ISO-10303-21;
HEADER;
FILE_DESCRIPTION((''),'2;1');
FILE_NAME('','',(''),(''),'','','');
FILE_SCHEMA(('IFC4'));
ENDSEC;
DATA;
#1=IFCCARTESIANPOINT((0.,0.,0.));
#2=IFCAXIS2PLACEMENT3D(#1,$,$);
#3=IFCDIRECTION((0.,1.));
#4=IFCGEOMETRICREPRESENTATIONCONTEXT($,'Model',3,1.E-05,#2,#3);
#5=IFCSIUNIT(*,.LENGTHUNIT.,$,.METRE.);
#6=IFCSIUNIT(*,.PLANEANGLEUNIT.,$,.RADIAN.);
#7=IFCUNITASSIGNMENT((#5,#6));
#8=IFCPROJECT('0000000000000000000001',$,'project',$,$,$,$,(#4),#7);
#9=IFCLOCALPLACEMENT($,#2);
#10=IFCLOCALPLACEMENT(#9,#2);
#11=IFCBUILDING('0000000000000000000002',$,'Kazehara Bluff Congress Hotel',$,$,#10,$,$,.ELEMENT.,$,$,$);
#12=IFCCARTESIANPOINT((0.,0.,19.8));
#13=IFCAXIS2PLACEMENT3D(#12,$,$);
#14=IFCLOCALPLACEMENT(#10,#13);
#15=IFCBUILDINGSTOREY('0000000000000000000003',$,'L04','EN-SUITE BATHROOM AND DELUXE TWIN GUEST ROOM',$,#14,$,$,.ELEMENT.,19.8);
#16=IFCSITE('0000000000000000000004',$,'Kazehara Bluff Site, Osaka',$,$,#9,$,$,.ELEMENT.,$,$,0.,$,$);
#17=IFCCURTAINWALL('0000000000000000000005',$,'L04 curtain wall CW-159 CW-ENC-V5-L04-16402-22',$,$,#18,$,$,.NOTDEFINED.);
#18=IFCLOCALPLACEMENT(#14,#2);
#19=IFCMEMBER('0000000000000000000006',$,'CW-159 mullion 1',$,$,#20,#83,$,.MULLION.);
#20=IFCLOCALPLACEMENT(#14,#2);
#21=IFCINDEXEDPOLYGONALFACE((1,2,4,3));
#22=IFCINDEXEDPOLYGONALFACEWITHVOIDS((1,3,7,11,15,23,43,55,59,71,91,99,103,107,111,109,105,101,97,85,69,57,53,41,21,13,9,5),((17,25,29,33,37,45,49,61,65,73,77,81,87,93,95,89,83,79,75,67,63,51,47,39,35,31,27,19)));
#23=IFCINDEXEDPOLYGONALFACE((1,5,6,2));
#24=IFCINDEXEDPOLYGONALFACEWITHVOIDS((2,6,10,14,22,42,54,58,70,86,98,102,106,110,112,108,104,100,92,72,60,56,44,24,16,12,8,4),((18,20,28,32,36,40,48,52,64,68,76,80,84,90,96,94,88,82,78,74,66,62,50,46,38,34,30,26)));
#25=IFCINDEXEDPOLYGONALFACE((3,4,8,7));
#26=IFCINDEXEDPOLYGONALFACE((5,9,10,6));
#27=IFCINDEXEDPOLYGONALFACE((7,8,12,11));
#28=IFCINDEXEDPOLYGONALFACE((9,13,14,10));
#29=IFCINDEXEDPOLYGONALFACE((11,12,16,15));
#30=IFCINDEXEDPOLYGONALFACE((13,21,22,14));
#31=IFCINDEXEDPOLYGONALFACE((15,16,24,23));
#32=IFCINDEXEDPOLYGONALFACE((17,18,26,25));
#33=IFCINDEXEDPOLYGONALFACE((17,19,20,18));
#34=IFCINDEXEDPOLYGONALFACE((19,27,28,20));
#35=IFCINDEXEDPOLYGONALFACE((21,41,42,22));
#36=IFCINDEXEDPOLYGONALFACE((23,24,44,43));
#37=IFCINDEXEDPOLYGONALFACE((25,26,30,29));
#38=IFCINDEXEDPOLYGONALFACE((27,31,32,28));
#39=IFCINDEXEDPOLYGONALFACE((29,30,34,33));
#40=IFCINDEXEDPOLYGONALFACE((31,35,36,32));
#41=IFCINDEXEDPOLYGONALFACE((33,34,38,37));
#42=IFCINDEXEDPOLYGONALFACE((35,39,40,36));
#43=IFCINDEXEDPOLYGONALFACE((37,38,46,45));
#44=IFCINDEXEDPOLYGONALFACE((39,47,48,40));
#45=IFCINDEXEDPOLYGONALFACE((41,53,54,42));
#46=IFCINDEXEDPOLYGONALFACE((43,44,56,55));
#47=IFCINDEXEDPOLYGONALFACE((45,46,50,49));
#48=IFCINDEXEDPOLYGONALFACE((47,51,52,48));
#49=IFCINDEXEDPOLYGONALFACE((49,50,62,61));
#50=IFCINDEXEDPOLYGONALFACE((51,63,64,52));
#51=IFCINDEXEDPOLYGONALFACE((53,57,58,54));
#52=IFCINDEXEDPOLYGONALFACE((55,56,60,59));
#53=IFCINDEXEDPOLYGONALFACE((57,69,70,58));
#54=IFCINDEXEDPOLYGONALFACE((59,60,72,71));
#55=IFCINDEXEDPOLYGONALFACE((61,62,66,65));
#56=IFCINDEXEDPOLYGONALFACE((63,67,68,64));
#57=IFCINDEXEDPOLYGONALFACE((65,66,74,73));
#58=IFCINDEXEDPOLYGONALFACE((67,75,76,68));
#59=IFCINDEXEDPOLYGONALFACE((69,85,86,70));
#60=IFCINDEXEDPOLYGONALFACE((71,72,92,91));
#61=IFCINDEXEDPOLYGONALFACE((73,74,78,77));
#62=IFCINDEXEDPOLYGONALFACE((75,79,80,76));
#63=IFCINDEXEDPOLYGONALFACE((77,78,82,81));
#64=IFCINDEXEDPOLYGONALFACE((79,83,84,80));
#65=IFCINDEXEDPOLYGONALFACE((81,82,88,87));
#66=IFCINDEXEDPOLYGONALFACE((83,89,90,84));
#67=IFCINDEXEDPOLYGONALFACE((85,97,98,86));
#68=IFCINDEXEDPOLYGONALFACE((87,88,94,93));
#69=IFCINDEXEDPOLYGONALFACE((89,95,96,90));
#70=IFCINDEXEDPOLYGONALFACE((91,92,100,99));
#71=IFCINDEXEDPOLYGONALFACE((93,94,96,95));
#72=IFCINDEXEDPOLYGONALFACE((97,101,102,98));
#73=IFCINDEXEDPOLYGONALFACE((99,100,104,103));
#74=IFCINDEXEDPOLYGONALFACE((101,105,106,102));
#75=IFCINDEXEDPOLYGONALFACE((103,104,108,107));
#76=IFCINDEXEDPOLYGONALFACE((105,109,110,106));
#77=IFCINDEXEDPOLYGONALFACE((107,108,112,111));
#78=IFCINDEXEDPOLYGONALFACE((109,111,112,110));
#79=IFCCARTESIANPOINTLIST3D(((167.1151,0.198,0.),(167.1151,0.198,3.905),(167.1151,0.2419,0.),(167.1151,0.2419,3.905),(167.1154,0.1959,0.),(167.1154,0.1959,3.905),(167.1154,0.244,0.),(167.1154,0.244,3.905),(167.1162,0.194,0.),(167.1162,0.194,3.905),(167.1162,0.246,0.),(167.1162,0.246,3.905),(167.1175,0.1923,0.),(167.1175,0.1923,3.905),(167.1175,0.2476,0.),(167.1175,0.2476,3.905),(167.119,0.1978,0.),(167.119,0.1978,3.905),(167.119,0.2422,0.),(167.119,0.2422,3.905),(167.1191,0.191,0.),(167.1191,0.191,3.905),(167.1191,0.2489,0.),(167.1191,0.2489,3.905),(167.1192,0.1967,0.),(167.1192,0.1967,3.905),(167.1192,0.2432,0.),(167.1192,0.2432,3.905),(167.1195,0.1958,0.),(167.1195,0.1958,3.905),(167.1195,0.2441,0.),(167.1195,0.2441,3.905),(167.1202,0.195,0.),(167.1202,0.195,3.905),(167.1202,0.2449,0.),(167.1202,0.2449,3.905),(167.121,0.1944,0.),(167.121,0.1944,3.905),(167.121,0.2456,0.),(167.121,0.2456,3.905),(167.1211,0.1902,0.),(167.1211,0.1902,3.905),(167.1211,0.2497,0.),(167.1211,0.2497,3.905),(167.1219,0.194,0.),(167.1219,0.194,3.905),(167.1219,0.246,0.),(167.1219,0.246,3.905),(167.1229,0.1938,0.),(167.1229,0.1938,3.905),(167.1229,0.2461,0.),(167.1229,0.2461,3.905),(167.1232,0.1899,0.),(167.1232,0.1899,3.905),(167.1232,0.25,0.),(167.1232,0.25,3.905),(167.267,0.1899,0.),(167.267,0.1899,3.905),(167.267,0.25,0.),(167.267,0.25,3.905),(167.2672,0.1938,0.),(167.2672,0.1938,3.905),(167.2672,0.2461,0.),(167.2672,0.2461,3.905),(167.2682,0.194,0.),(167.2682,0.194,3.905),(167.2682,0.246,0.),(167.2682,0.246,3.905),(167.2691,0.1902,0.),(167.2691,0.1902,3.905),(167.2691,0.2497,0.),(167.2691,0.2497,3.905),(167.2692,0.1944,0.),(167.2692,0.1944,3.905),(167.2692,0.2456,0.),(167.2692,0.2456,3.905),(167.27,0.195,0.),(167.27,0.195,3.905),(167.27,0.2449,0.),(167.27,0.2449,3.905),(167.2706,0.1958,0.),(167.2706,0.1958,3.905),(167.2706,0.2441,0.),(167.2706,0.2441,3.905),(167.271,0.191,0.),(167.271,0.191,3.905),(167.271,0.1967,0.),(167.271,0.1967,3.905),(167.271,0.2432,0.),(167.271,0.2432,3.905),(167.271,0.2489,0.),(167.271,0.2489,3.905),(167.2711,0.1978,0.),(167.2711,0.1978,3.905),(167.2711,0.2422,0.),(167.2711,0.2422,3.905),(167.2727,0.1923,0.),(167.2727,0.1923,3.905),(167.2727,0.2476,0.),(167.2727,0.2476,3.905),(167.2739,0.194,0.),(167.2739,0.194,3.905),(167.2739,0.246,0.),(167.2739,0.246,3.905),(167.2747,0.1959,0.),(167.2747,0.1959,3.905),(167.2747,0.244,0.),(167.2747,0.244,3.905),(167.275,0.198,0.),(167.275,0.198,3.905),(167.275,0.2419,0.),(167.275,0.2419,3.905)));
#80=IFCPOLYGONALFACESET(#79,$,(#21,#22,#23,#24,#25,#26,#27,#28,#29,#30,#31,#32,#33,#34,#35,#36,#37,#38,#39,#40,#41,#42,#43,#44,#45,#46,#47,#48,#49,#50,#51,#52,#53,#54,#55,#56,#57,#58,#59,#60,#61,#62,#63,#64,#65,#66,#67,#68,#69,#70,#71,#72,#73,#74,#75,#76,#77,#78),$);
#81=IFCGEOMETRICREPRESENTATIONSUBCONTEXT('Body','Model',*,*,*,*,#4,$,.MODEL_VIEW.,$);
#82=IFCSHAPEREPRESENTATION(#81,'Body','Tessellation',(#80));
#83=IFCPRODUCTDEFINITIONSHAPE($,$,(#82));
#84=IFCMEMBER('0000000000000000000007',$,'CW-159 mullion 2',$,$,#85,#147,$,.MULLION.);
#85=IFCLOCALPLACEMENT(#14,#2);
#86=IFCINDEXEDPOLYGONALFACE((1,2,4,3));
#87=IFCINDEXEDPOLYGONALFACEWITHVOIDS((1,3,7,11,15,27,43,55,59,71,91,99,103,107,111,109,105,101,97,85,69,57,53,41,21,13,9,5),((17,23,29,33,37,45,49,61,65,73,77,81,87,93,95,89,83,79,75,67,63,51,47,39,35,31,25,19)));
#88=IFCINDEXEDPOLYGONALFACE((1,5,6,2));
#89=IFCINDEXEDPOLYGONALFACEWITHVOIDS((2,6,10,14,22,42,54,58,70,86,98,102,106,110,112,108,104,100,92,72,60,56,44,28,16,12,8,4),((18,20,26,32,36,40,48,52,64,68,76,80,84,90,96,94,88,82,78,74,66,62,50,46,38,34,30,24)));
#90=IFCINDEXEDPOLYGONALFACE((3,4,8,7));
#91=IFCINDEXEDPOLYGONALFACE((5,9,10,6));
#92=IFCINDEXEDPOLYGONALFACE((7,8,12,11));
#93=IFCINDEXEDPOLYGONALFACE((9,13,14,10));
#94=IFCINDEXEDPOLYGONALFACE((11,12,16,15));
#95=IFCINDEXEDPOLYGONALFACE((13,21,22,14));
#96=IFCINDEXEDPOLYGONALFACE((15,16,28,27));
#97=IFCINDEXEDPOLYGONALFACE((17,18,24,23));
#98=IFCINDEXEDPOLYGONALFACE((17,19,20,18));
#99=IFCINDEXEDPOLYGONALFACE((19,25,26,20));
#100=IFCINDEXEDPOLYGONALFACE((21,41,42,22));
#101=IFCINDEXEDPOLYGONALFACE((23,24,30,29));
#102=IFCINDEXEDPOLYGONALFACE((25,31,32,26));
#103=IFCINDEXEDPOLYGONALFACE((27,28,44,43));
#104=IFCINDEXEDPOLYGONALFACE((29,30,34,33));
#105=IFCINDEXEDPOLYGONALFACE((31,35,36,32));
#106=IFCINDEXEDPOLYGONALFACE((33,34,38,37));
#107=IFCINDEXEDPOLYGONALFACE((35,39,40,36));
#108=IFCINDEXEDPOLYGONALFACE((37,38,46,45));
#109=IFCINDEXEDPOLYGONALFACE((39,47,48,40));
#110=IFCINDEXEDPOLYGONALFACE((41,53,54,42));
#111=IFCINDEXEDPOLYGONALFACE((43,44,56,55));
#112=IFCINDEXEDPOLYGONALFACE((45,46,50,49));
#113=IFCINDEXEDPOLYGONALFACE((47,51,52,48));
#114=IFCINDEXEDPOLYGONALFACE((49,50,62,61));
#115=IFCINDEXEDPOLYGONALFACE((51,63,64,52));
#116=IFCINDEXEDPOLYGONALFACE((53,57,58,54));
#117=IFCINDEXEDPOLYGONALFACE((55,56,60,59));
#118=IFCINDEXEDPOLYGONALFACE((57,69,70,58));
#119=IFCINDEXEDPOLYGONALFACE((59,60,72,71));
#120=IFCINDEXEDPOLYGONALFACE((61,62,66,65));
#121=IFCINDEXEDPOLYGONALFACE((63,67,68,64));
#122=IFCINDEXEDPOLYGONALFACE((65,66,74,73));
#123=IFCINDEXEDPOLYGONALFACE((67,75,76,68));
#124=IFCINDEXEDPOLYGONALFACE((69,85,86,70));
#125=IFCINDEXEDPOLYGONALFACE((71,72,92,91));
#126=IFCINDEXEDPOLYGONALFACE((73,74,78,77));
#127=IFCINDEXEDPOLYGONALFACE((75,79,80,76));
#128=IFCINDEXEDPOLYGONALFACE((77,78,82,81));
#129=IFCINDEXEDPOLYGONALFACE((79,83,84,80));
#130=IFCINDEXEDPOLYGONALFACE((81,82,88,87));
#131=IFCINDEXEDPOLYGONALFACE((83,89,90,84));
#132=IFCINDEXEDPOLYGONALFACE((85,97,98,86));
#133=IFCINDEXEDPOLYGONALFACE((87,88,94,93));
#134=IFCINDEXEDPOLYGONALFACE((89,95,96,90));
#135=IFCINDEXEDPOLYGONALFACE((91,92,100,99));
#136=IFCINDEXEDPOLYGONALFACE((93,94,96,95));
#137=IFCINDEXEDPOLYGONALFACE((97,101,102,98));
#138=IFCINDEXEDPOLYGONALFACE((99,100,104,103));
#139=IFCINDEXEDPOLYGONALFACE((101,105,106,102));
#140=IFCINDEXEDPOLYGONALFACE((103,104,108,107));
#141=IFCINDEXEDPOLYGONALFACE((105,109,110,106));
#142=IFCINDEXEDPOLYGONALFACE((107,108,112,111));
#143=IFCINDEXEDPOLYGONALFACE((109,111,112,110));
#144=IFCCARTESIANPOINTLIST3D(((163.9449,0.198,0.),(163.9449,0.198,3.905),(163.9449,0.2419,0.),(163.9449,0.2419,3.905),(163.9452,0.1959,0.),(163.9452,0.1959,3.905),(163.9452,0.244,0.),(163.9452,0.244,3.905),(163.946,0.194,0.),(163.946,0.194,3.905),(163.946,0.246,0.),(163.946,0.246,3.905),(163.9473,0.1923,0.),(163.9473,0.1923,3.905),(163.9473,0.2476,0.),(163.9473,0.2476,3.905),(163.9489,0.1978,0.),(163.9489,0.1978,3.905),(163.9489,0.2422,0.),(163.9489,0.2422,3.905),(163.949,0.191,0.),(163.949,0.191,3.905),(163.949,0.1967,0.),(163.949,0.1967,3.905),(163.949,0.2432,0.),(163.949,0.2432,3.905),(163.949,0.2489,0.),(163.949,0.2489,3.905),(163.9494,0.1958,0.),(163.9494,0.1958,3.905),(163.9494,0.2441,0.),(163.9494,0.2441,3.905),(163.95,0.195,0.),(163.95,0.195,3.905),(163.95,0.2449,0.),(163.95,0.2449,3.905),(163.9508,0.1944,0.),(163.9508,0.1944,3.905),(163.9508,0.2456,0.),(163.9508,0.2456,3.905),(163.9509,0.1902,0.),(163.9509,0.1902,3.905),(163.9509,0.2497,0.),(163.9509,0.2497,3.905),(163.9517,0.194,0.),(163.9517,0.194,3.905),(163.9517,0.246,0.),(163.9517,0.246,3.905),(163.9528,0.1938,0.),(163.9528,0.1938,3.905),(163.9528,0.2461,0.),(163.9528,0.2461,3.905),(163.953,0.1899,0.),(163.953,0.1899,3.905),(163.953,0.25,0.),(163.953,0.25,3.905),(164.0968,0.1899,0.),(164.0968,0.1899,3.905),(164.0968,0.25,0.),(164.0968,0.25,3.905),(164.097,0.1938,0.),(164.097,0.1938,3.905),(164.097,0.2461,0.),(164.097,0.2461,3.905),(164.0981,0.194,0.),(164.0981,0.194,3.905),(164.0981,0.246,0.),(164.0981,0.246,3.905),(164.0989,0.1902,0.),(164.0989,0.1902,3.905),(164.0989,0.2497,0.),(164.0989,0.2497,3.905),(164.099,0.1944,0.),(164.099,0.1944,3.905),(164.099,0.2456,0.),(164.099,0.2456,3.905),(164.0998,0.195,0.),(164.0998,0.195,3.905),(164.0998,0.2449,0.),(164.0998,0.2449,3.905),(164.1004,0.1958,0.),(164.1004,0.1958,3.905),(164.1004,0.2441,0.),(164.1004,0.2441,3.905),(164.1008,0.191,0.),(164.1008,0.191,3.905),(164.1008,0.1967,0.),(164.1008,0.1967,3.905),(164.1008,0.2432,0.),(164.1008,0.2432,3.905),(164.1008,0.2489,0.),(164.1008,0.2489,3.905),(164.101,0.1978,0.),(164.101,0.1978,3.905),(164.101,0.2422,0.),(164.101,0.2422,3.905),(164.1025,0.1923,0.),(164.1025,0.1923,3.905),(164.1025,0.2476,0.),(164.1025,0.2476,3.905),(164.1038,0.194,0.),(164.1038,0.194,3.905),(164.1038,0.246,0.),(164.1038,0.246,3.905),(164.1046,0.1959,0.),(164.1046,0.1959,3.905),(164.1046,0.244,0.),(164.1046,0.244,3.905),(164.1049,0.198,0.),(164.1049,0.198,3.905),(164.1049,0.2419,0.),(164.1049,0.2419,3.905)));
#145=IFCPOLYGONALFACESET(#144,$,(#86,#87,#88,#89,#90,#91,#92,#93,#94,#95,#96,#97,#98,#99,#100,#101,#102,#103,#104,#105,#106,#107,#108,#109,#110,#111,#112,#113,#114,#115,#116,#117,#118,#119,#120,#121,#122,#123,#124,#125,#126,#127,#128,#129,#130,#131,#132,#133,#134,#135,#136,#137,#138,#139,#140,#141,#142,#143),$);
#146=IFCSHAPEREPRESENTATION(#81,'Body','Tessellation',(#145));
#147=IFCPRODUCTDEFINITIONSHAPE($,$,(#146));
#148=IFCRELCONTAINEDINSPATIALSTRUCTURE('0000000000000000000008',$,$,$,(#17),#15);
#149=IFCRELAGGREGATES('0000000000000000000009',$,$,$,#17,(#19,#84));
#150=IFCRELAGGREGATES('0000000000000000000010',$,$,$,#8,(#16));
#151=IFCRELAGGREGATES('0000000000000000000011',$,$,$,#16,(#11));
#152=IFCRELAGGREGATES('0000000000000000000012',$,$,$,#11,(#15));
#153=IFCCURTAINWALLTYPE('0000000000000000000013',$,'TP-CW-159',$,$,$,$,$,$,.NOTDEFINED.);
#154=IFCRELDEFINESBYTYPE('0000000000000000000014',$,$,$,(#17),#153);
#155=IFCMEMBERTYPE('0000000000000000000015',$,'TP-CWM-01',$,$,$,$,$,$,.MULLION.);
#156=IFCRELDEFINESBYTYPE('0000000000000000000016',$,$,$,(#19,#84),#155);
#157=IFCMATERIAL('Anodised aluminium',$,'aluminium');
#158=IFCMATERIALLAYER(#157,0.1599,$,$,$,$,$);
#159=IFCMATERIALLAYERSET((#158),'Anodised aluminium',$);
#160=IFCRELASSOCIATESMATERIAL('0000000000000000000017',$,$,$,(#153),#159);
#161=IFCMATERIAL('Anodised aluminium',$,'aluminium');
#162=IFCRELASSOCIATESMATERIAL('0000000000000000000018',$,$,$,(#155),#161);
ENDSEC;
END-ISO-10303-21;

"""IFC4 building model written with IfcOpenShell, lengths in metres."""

from ifc_helpers import new_model, si_unit, direction, frame, origin, origin_2d, place, context, subcontext, project, spatial, hollow_rectangle, extrude, material, layer, layer_set, material_profile, profile_set, type_object, element, aggregate, save


model = new_model("IFC4")

# Units and contexts
model_context = context("Model", 3, precision=1e-05, world=origin(), true_north=direction((0.0, 1.0)))
body_context = subcontext(model_context, "Body", "Model", "MODEL_VIEW")
ifc_project = project(units=[si_unit("LENGTHUNIT", "METRE"), si_unit("PLANEANGLEUNIT", "RADIAN")], contexts=[model_context])

# Site, building, storey
site_placement = place(None, origin())
site = spatial("IfcSite", under=ifc_project, at=site_placement, Name="Kazehara Bluff Site, Osaka", CompositionType="ELEMENT", RefElevation=0.0)
building_placement = place(site_placement, origin())
building = spatial("IfcBuilding", under=site, at=building_placement, Name="Kazehara Bluff Congress Hotel", CompositionType="ELEMENT")
storey_placement = place(building_placement, frame((0.0, 0.0, 19.8)))
storey = spatial("IfcBuildingStorey", under=building, at=storey_placement, Name="L04", Description="EN-SUITE BATHROOM AND DELUXE TWIN GUEST ROOM", CompositionType="ELEMENT", Elevation=19.8)

# Curtain wall, members
ifc_material_1 = material(Name="Anodised aluminium", Category="aluminium")
ifc_layer_1 = layer(ifc_material_1, 0.1599)
ifc_layer_set_1 = layer_set([ifc_layer_1], Name="Anodised aluminium")
curtain_wall_type_1 = type_object("IfcCurtainWallType", Name="TP-CW-159", PredefinedType="NOTDEFINED", material=ifc_layer_set_1)
curtain_wall_1_placement = place(storey_placement, origin())
curtain_wall_1 = element("IfcCurtainWall", 1, at=curtain_wall_1_placement, inside=storey, type_object=curtain_wall_type_1, Name="L04 curtain wall CW-159 CW-ENC-V5-L04-16402-22", PredefinedType="NOTDEFINED")
ifc_material_2 = material(Name="Anodised aluminium", Category="aluminium")
ifc_material_profile_1 = material_profile(ifc_material_2, hollow_rectangle(XDim=0.0601, YDim=0.1599, WallThickness=0.0039, InnerFilletRadius=0.0039, OuterFilletRadius=0.0081, at=origin_2d()))
ifc_profile_set_1 = profile_set([ifc_material_profile_1], Name="Anodised aluminium")
member_type_1 = type_object("IfcMemberType", Name="TP-CWM-01", PredefinedType="MULLION", material=ifc_profile_set_1)
member_1_placement = place(storey_placement, frame((167.1951, 0.22, 0.0), z_axis=(0.0, 0.0, 1.0), x_axis=(0.0, -1.0, 0.0)))
member_1 = element("IfcMember", 2, at=member_1_placement, type_object=member_type_1, Name="CW-159 mullion 1", PredefinedType="MULLION", context=body_context, shape_type="SweptSolid", body=[
    extrude(hollow_rectangle(XDim=0.0601, YDim=0.1599, WallThickness=0.0039, InnerFilletRadius=0.0039, OuterFilletRadius=0.0081, at=origin_2d()), origin(), (0.0, 0.0, 1.0), 3.905),
])
member_2_placement = place(storey_placement, frame((164.0249, 0.22, 0.0), z_axis=(0.0, 0.0, 1.0), x_axis=(0.0, -1.0, 0.0)))
member_2 = element("IfcMember", 3, at=member_2_placement, type_object=member_type_1, Name="CW-159 mullion 2", PredefinedType="MULLION", context=body_context, shape_type="SweptSolid", body=[
    extrude(hollow_rectangle(XDim=0.0601, YDim=0.1599, WallThickness=0.0039, InnerFilletRadius=0.0039, OuterFilletRadius=0.0081, at=origin_2d()), origin(), (0.0, 0.0, 1.0), 3.905),
])

aggregate(curtain_wall_1, [member_1, member_2])

save(model, "model.ifc")
